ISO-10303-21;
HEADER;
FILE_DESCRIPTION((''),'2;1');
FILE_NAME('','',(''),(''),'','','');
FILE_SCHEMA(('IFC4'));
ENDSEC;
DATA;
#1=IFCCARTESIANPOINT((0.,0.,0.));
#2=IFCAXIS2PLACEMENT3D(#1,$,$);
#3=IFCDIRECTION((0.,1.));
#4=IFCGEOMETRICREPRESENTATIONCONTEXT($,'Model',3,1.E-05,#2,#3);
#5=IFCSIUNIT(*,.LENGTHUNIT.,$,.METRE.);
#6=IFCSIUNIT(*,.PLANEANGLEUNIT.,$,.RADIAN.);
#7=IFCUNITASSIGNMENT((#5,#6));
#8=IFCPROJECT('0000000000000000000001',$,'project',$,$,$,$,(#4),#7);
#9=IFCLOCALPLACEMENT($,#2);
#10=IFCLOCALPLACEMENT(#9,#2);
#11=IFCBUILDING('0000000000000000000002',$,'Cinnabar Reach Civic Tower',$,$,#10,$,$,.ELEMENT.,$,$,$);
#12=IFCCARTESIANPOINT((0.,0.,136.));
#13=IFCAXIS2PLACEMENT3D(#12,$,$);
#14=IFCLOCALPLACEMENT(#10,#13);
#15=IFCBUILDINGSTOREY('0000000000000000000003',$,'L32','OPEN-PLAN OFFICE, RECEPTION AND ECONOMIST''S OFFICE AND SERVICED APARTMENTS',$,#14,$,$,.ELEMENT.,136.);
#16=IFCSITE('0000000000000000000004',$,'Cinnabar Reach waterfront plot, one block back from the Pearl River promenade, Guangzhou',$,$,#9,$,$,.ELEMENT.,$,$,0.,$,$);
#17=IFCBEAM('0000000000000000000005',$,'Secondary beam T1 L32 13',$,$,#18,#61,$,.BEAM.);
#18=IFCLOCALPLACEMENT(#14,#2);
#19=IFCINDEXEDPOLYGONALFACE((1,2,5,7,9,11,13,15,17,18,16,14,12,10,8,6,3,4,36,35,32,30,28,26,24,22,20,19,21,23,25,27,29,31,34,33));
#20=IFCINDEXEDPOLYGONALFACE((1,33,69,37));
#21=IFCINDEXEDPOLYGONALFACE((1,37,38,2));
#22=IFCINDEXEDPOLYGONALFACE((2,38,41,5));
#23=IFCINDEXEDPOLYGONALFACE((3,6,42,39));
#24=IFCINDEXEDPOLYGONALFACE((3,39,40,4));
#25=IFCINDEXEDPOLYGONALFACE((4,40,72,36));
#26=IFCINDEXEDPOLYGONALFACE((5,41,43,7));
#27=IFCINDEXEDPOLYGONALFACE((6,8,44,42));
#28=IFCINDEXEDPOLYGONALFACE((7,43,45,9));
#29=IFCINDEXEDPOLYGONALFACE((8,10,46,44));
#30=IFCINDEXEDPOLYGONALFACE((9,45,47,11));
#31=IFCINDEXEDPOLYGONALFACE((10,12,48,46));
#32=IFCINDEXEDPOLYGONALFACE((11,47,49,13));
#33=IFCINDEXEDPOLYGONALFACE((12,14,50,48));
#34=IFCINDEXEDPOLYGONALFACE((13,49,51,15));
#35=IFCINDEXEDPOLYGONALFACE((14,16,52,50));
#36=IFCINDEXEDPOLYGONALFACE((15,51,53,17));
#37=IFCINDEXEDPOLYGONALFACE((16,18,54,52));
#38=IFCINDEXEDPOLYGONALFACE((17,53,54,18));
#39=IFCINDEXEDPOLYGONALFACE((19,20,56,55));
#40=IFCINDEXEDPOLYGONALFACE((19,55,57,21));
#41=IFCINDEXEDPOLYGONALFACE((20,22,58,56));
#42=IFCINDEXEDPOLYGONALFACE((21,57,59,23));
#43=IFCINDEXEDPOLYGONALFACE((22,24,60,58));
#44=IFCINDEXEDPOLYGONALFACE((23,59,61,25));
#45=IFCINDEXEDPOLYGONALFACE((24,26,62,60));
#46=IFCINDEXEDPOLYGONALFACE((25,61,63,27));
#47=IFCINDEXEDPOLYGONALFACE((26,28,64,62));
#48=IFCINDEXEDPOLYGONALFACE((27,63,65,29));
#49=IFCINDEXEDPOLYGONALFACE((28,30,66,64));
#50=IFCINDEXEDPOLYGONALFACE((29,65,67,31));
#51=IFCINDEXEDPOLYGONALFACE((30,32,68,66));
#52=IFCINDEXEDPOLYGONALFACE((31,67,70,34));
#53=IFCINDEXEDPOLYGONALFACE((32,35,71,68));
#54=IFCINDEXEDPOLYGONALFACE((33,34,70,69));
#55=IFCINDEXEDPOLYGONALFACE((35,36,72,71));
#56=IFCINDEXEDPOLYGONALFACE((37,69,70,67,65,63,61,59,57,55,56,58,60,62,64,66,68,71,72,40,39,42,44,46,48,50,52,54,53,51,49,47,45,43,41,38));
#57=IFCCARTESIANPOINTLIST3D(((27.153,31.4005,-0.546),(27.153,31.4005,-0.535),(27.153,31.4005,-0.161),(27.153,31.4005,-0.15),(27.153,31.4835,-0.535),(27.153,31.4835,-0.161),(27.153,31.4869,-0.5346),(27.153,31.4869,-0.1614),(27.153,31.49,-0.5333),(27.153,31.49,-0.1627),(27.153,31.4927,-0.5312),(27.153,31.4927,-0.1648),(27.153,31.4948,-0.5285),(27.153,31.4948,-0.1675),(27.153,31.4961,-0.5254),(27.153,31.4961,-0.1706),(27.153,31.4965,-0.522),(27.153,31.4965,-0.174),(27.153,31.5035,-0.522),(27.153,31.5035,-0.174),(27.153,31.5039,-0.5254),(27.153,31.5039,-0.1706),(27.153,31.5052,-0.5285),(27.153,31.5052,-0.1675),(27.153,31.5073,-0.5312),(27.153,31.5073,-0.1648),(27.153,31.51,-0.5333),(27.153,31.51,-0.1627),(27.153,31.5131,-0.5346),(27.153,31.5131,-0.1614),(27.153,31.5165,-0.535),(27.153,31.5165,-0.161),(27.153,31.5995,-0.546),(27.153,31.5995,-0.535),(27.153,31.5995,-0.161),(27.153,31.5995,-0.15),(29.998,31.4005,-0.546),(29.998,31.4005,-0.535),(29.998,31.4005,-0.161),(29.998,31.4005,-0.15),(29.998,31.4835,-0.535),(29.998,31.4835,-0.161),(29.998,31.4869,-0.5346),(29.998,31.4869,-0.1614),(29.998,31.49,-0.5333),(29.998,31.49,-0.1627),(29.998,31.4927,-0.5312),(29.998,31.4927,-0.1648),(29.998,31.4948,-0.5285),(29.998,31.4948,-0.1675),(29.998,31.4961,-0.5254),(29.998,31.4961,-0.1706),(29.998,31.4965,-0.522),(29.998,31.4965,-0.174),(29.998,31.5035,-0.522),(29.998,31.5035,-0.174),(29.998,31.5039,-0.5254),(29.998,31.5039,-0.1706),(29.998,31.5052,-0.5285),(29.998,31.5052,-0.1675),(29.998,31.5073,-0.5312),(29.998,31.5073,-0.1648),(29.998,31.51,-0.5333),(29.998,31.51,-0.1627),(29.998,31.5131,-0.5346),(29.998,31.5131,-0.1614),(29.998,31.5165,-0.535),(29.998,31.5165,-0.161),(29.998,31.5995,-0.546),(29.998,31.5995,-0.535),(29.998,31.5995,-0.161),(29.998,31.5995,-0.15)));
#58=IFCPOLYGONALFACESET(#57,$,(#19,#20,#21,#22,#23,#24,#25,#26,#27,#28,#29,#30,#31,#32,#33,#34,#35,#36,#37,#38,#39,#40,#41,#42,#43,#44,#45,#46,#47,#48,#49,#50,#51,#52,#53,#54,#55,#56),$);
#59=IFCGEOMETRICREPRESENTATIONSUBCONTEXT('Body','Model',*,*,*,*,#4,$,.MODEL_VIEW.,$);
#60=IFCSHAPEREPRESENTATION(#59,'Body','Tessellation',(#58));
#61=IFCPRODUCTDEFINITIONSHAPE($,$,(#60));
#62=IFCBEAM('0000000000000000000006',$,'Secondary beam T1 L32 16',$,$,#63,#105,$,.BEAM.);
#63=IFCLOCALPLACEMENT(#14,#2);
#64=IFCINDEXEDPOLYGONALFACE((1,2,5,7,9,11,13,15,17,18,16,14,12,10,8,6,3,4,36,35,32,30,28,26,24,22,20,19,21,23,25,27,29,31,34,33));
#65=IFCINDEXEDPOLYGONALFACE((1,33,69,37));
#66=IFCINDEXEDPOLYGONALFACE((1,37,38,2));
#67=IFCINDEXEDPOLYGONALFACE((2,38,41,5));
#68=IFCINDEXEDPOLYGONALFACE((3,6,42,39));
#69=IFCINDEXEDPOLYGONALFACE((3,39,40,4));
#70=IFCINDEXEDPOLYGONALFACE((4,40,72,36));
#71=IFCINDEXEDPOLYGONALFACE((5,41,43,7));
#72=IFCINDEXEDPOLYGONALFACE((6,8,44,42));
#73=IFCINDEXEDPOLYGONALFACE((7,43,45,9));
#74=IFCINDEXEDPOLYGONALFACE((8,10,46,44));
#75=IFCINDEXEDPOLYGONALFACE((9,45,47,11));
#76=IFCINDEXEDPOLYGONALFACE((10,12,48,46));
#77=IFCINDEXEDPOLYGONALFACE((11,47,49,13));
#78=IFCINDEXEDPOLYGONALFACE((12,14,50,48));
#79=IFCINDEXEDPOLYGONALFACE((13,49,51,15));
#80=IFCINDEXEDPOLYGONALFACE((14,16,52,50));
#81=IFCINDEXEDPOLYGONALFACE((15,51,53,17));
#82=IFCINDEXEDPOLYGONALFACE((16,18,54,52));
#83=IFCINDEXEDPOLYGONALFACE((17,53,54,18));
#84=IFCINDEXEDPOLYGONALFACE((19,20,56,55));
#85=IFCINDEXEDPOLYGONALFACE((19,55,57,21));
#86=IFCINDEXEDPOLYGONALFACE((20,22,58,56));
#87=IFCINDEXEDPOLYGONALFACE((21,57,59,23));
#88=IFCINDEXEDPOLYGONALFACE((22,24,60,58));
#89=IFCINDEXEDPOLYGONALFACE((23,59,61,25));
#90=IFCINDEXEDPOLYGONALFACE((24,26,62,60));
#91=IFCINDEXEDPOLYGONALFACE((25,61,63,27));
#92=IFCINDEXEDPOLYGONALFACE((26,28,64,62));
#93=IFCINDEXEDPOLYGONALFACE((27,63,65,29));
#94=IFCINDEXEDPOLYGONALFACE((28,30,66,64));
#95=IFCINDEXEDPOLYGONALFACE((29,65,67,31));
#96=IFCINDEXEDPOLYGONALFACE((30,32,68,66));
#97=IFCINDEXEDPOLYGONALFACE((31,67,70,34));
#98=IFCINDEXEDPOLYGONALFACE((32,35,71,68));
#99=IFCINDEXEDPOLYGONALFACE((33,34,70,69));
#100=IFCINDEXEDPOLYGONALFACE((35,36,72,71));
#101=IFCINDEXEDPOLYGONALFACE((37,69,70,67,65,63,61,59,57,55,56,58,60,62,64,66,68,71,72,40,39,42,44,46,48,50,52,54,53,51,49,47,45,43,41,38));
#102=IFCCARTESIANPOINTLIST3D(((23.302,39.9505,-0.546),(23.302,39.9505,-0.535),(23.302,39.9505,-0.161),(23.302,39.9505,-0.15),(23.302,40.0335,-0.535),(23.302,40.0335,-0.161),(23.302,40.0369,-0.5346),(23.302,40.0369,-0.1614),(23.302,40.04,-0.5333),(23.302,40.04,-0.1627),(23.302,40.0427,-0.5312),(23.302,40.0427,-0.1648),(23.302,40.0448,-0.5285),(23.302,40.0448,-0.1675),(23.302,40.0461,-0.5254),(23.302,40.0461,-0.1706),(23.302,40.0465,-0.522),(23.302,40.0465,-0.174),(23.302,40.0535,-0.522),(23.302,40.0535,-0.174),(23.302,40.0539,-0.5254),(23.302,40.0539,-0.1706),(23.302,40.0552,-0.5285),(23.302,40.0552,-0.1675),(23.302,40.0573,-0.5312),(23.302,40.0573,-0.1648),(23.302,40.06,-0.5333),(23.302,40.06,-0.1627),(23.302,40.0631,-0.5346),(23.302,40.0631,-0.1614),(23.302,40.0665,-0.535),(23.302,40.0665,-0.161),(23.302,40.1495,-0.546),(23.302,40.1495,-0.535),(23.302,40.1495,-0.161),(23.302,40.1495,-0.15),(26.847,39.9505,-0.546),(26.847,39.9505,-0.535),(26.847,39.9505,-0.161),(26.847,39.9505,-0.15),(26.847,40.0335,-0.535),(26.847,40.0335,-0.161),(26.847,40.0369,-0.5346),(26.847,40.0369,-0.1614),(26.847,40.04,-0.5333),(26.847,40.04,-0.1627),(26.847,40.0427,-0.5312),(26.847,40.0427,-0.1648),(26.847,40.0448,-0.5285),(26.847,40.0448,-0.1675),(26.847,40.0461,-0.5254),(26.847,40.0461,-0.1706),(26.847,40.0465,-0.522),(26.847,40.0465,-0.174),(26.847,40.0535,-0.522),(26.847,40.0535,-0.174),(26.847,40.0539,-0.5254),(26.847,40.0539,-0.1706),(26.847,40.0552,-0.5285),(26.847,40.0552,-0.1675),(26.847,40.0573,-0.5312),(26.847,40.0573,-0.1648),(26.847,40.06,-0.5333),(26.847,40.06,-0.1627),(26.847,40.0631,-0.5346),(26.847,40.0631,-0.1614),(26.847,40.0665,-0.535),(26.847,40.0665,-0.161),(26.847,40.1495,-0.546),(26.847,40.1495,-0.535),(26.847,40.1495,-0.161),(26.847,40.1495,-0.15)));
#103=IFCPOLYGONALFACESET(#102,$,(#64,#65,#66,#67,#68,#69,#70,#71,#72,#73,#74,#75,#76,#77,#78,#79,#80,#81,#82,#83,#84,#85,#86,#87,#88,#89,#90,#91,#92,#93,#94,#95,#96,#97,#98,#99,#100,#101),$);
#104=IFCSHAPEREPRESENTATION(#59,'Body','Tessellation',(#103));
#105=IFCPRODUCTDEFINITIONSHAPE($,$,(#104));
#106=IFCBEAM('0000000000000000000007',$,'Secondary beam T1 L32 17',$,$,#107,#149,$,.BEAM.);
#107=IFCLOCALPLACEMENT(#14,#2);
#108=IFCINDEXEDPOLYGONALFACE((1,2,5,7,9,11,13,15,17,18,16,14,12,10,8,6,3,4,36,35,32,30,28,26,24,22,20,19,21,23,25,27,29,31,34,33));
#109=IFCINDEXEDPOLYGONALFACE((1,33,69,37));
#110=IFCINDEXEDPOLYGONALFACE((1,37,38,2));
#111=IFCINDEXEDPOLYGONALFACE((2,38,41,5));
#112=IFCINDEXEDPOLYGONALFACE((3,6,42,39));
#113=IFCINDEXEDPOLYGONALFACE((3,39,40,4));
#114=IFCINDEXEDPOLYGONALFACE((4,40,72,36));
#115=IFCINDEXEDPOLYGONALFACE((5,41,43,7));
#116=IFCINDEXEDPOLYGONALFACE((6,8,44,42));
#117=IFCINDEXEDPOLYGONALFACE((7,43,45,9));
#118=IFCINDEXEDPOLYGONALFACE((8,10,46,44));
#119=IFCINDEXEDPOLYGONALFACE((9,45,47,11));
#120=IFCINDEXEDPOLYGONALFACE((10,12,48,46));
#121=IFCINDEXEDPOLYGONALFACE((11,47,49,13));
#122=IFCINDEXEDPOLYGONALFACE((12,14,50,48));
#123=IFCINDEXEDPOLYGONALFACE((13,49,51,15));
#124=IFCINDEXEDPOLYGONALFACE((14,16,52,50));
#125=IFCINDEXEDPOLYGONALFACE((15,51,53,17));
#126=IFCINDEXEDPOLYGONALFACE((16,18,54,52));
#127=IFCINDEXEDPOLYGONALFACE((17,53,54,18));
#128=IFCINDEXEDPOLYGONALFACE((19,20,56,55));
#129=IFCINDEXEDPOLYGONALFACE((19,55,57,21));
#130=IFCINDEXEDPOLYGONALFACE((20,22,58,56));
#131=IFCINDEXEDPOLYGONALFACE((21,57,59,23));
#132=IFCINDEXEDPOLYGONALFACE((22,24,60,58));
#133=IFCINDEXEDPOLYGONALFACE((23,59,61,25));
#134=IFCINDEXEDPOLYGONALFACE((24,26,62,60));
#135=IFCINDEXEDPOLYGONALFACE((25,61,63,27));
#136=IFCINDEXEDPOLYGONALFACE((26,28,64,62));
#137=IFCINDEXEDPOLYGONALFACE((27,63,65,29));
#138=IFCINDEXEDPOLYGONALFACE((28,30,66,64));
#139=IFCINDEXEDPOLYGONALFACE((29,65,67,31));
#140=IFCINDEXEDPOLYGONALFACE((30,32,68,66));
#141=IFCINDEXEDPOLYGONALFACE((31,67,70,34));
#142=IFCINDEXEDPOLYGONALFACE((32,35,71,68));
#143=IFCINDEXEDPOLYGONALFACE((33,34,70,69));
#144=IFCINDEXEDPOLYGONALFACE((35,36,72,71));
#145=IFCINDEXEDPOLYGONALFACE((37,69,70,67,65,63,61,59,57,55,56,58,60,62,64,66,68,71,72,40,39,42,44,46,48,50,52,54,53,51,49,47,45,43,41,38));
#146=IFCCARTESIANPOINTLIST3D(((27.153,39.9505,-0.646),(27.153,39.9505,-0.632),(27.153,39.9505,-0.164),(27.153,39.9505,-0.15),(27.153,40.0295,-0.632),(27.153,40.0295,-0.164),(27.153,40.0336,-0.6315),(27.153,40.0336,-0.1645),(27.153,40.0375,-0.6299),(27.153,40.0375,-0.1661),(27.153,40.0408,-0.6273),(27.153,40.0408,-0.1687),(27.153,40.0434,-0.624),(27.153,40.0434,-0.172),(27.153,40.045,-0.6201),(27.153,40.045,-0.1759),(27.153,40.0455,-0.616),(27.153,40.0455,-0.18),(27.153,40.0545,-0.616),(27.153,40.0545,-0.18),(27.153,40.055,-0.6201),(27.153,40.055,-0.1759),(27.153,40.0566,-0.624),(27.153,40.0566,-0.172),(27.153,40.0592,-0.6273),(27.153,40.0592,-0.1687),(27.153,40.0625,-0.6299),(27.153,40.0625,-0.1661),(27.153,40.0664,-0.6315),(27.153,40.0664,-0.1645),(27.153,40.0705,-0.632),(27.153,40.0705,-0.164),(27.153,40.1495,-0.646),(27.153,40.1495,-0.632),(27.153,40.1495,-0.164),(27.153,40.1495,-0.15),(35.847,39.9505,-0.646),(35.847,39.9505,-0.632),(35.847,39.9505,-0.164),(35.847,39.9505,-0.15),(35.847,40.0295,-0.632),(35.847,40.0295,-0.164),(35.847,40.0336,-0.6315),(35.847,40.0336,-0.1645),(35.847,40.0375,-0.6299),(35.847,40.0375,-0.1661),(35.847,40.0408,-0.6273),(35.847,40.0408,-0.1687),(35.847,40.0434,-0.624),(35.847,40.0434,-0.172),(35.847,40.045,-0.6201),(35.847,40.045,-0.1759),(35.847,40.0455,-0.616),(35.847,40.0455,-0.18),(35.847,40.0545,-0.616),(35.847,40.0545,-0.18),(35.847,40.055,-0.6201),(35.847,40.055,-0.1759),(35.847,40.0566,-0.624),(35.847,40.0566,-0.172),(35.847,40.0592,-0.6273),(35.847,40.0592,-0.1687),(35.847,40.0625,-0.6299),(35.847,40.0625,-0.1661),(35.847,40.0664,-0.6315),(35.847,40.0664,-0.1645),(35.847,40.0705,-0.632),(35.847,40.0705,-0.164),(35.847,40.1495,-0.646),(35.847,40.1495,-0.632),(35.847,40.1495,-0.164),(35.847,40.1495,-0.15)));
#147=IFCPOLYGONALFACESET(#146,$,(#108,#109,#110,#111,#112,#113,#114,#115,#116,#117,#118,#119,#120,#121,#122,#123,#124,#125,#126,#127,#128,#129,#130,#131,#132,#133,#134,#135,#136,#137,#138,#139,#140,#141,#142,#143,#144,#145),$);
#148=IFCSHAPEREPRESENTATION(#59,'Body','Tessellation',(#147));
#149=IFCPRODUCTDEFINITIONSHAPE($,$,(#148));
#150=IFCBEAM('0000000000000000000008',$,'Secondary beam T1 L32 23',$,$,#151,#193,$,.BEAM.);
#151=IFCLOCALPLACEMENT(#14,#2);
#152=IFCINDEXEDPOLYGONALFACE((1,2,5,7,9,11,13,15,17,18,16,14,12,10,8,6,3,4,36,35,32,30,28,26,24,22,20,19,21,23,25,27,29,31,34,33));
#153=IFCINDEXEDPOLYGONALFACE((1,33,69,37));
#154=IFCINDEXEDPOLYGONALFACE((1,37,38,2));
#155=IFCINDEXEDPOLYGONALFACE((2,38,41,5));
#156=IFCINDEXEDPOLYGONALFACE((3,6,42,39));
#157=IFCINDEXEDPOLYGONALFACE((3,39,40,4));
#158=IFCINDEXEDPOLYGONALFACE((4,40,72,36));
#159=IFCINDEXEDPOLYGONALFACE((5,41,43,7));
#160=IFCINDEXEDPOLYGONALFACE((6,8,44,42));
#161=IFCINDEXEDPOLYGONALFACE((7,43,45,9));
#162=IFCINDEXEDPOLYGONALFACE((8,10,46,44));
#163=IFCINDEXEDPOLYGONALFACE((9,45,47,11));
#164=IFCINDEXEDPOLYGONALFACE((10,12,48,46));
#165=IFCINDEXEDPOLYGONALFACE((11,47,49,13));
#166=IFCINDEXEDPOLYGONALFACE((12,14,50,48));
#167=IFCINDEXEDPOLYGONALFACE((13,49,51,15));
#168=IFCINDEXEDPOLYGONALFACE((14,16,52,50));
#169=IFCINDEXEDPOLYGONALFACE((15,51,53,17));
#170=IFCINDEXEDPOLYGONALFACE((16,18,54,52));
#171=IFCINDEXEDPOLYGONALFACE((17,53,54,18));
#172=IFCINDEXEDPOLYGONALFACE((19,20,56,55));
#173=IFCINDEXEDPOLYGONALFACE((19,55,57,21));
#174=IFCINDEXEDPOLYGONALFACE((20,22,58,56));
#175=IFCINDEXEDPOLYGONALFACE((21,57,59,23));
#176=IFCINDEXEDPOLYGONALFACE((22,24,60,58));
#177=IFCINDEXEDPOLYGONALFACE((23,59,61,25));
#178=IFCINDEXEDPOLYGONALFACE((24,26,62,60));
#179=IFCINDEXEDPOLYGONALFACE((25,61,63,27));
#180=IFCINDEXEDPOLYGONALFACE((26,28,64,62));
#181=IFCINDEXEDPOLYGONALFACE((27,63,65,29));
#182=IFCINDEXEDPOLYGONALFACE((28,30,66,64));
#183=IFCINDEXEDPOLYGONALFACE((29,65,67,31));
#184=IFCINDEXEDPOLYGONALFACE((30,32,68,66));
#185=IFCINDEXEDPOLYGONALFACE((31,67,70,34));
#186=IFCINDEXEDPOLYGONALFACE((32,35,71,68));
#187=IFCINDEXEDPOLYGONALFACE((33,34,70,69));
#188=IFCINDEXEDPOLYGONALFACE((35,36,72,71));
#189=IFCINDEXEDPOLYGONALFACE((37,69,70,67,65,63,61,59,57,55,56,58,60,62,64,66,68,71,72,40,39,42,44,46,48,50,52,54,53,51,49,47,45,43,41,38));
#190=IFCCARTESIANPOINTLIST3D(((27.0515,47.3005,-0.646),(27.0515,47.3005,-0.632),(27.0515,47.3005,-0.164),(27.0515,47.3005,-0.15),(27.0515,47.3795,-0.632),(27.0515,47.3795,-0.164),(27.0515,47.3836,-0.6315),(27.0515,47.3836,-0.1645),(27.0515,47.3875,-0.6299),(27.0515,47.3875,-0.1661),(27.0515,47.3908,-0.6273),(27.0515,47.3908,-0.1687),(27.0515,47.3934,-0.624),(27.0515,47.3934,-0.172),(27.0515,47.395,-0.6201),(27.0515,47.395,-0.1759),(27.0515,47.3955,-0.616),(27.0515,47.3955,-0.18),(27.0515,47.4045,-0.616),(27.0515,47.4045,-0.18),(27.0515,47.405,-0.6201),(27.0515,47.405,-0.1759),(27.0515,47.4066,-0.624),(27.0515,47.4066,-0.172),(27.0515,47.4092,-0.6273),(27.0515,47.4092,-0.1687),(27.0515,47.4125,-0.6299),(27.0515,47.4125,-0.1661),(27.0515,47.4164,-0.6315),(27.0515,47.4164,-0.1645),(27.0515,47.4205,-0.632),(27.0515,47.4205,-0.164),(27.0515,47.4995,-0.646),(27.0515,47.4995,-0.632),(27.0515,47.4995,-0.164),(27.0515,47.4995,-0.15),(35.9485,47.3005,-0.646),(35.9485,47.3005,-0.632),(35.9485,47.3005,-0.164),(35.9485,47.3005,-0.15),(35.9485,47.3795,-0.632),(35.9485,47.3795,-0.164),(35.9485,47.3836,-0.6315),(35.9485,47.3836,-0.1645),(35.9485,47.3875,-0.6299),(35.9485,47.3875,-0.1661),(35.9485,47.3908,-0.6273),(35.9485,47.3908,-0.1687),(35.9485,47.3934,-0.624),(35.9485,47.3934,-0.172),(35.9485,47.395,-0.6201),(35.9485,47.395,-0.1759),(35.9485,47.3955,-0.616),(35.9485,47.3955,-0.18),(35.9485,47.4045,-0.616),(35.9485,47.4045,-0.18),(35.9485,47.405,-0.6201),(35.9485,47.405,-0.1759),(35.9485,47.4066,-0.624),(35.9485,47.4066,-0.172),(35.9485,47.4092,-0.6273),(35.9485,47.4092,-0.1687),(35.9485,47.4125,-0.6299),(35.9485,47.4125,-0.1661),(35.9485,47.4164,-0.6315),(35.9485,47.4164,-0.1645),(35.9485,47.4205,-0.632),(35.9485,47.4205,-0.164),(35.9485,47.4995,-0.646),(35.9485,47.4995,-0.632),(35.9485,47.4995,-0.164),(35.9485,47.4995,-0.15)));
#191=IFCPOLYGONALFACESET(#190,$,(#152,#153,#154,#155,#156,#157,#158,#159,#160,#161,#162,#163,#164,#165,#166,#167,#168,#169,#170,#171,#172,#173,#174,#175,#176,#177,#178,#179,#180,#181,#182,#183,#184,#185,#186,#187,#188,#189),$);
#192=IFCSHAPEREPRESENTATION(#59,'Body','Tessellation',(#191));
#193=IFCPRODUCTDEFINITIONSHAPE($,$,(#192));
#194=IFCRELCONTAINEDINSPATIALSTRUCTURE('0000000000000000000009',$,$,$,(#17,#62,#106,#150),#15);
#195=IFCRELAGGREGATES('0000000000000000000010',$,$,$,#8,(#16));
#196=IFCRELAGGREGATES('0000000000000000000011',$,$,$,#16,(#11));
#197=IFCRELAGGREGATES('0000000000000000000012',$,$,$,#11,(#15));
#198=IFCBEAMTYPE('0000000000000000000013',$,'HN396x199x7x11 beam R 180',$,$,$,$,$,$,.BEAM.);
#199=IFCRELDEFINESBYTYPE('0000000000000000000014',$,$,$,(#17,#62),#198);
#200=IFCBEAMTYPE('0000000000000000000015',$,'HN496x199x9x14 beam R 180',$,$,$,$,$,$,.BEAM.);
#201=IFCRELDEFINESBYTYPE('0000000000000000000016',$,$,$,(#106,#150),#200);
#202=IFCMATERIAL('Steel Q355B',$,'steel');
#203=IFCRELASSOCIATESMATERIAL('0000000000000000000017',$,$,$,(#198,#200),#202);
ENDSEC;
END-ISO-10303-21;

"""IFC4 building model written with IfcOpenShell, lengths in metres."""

from ifc_helpers import new_model, si_unit, direction, frame, origin, origin_2d, place, context, subcontext, project, spatial, i_section, extrude, material, material_profile, profile_set, type_object, element, save


model = new_model("IFC4")

# Units and contexts
model_context = context("Model", 3, precision=1e-05, world=origin(), true_north=direction((0.0, 1.0)))
body_context = subcontext(model_context, "Body", "Model", "MODEL_VIEW")
ifc_project = project(units=[si_unit("LENGTHUNIT", "METRE"), si_unit("PLANEANGLEUNIT", "RADIAN")], contexts=[model_context])

# Site, building, storey
site_placement = place(None, origin())
site = spatial("IfcSite", under=ifc_project, at=site_placement, Name="Cinnabar Reach waterfront plot, one block back from the Pearl River promenade, Guangzhou", CompositionType="ELEMENT", RefElevation=0.0)
building_placement = place(site_placement, origin())
building = spatial("IfcBuilding", under=site, at=building_placement, Name="Cinnabar Reach Civic Tower", CompositionType="ELEMENT")
storey_placement = place(building_placement, frame((0.0, 0.0, 136.0)))
storey = spatial("IfcBuildingStorey", under=building, at=storey_placement, Name="L32", Description="OPEN-PLAN OFFICE, RECEPTION AND ECONOMIST'S OFFICE AND SERVICED APARTMENTS", CompositionType="ELEMENT", Elevation=136.0)

# Beams
ifc_material_1 = material(Name="Steel Q355B", Category="steel")
ifc_material_profile_1 = material_profile(ifc_material_1, i_section(OverallWidth=0.199, OverallDepth=0.396, WebThickness=0.007, FlangeThickness=0.011, FilletRadius=0.013, at=origin_2d()), Name="HN396x199x7x11")
ifc_profile_set_1 = profile_set([ifc_material_profile_1], Name="Steel Q355B")
beam_type_1 = type_object("IfcBeamType", Name="HN396x199x7x11 beam R 180", PredefinedType="BEAM", material=ifc_profile_set_1)
beam_1_placement = place(storey_placement, frame((27.153, 31.5, -0.348), z_axis=(1.0, 0.0, 0.0), x_axis=(0.0, 1.0, 0.0)))
element("IfcBeam", 1, at=beam_1_placement, inside=storey, type_object=beam_type_1, Name="Secondary beam T1 L32 13", PredefinedType="BEAM", context=body_context, shape_type="SweptSolid", body=[
    extrude(i_section(OverallWidth=0.199, OverallDepth=0.396, WebThickness=0.007, FlangeThickness=0.011, FilletRadius=0.013, at=origin_2d()), origin(), (0.0, 0.0, 1.0), 2.845),
])
beam_2_placement = place(storey_placement, frame((23.302, 40.05, -0.348), z_axis=(1.0, 0.0, 0.0), x_axis=(0.0, 1.0, 0.0)))
element("IfcBeam", 2, at=beam_2_placement, inside=storey, type_object=beam_type_1, Name="Secondary beam T1 L32 16", PredefinedType="BEAM", context=body_context, shape_type="SweptSolid", body=[
    extrude(i_section(OverallWidth=0.199, OverallDepth=0.396, WebThickness=0.007, FlangeThickness=0.011, FilletRadius=0.013, at=origin_2d()), origin(), (0.0, 0.0, 1.0), 3.545),
])
ifc_material_profile_2 = material_profile(ifc_material_1, i_section(OverallWidth=0.199, OverallDepth=0.496, WebThickness=0.009, FlangeThickness=0.014, FilletRadius=0.016, at=origin_2d()), Name="HN496x199x9x14")
ifc_profile_set_2 = profile_set([ifc_material_profile_2], Name="Steel Q355B")
beam_type_2 = type_object("IfcBeamType", Name="HN496x199x9x14 beam R 180", PredefinedType="BEAM", material=ifc_profile_set_2)
beam_3_placement = place(storey_placement, frame((27.153, 40.05, -0.398), z_axis=(1.0, 0.0, 0.0), x_axis=(0.0, 1.0, 0.0)))
element("IfcBeam", 3, at=beam_3_placement, inside=storey, type_object=beam_type_2, Name="Secondary beam T1 L32 17", PredefinedType="BEAM", context=body_context, shape_type="SweptSolid", body=[
    extrude(i_section(OverallWidth=0.199, OverallDepth=0.496, WebThickness=0.009, FlangeThickness=0.014, FilletRadius=0.016, at=origin_2d()), origin(), (0.0, 0.0, 1.0), 8.694),
])
beam_4_placement = place(storey_placement, frame((27.0515, 47.4, -0.398), z_axis=(1.0, 0.0, 0.0), x_axis=(0.0, 1.0, 0.0)))
element("IfcBeam", 4, at=beam_4_placement, inside=storey, type_object=beam_type_2, Name="Secondary beam T1 L32 23", PredefinedType="BEAM", context=body_context, shape_type="SweptSolid", body=[
    extrude(i_section(OverallWidth=0.199, OverallDepth=0.496, WebThickness=0.009, FlangeThickness=0.014, FilletRadius=0.016, at=origin_2d()), origin(), (0.0, 0.0, 1.0), 8.897),
])

save(model, "model.ifc")
